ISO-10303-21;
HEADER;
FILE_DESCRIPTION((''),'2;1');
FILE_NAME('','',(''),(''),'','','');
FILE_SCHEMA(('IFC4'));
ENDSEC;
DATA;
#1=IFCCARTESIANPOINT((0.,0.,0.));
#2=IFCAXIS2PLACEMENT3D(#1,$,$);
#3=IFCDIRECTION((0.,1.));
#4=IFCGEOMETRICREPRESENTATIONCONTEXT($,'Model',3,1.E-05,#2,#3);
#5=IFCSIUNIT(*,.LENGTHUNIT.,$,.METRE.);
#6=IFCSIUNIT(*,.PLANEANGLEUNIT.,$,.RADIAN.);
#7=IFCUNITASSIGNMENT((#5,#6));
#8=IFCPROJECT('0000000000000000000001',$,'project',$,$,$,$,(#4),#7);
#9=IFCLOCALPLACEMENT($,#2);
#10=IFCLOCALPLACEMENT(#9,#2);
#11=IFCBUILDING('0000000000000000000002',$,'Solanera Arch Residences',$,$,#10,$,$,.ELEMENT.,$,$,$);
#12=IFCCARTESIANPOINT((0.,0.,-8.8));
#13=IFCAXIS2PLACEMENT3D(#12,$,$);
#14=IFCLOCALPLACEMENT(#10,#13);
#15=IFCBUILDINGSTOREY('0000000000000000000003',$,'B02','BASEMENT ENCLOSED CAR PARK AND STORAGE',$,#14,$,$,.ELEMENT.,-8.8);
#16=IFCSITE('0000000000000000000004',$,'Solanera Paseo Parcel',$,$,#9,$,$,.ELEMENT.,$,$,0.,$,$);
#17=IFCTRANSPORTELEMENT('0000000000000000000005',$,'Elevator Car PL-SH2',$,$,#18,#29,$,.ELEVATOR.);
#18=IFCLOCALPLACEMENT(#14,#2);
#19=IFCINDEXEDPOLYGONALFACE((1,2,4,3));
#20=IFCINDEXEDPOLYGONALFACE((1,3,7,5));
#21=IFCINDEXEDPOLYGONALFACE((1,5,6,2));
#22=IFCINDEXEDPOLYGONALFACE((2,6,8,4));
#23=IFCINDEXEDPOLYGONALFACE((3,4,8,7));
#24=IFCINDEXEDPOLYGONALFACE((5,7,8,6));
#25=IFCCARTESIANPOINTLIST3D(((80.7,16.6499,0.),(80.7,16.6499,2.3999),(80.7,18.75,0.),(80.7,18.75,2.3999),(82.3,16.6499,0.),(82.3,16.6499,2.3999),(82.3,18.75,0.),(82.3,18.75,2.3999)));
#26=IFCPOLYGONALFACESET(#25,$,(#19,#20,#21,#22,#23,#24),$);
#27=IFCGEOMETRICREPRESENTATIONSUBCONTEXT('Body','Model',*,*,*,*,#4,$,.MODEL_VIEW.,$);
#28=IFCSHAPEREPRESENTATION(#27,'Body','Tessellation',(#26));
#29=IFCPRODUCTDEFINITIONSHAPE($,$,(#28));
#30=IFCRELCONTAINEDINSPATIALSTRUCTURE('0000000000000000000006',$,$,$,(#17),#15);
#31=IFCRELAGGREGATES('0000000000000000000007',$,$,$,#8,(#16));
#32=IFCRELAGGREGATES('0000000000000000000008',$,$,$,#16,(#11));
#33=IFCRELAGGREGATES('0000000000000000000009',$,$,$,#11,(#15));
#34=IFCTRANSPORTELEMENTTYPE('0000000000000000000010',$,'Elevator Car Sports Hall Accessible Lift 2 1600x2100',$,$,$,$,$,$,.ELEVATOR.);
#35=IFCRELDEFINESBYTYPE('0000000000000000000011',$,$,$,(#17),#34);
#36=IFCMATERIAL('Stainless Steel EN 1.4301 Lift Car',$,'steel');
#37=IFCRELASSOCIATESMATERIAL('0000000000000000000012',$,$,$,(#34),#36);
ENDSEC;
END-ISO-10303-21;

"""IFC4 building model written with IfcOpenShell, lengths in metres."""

from ifc_helpers import new_model, si_unit, direction, frame, origin, origin_2d, place, context, subcontext, project, spatial, rectangle, extrude, material, type_object, element, save


model = new_model("IFC4")

# Units and contexts
model_context = context("Model", 3, precision=1e-05, world=origin(), true_north=direction((0.0, 1.0)))
body_context = subcontext(model_context, "Body", "Model", "MODEL_VIEW")
ifc_project = project(units=[si_unit("LENGTHUNIT", "METRE"), si_unit("PLANEANGLEUNIT", "RADIAN")], contexts=[model_context])

# Site, building, storey
site_placement = place(None, origin())
site = spatial("IfcSite", under=ifc_project, at=site_placement, Name="Solanera Paseo Parcel", CompositionType="ELEMENT", RefElevation=0.0)
building_placement = place(site_placement, origin())
building = spatial("IfcBuilding", under=site, at=building_placement, Name="Solanera Arch Residences", CompositionType="ELEMENT")
storey_placement = place(building_placement, frame((0.0, 0.0, -8.8)))
storey = spatial("IfcBuildingStorey", under=building, at=storey_placement, Name="B02", Description="BASEMENT ENCLOSED CAR PARK AND STORAGE", CompositionType="ELEMENT", Elevation=-8.8)

# Transport element
ifc_material_1 = material(Name="Stainless Steel EN 1.4301 Lift Car", Category="steel")
transport_element_type = type_object("IfcTransportElementType", Name="Elevator Car Sports Hall Accessible Lift 2 1600x2100", PredefinedType="ELEVATOR", material=ifc_material_1)
transport_element_placement = place(storey_placement, frame((81.5, 17.7, 0.0), z_axis=(0.0, 0.0, 1.0), x_axis=(1.0, 0.0, 0.0)))
element("IfcTransportElement", 1, at=transport_element_placement, inside=storey, type_object=transport_element_type, Name="Elevator Car PL-SH2", PredefinedType="ELEVATOR", context=body_context, shape_type="SweptSolid", body=[
    extrude(rectangle(XDim=1.6001, YDim=2.1001, at=origin_2d()), origin(), (0.0, 0.0, 1.0), 2.3999),
])

save(model, "model.ifc")
